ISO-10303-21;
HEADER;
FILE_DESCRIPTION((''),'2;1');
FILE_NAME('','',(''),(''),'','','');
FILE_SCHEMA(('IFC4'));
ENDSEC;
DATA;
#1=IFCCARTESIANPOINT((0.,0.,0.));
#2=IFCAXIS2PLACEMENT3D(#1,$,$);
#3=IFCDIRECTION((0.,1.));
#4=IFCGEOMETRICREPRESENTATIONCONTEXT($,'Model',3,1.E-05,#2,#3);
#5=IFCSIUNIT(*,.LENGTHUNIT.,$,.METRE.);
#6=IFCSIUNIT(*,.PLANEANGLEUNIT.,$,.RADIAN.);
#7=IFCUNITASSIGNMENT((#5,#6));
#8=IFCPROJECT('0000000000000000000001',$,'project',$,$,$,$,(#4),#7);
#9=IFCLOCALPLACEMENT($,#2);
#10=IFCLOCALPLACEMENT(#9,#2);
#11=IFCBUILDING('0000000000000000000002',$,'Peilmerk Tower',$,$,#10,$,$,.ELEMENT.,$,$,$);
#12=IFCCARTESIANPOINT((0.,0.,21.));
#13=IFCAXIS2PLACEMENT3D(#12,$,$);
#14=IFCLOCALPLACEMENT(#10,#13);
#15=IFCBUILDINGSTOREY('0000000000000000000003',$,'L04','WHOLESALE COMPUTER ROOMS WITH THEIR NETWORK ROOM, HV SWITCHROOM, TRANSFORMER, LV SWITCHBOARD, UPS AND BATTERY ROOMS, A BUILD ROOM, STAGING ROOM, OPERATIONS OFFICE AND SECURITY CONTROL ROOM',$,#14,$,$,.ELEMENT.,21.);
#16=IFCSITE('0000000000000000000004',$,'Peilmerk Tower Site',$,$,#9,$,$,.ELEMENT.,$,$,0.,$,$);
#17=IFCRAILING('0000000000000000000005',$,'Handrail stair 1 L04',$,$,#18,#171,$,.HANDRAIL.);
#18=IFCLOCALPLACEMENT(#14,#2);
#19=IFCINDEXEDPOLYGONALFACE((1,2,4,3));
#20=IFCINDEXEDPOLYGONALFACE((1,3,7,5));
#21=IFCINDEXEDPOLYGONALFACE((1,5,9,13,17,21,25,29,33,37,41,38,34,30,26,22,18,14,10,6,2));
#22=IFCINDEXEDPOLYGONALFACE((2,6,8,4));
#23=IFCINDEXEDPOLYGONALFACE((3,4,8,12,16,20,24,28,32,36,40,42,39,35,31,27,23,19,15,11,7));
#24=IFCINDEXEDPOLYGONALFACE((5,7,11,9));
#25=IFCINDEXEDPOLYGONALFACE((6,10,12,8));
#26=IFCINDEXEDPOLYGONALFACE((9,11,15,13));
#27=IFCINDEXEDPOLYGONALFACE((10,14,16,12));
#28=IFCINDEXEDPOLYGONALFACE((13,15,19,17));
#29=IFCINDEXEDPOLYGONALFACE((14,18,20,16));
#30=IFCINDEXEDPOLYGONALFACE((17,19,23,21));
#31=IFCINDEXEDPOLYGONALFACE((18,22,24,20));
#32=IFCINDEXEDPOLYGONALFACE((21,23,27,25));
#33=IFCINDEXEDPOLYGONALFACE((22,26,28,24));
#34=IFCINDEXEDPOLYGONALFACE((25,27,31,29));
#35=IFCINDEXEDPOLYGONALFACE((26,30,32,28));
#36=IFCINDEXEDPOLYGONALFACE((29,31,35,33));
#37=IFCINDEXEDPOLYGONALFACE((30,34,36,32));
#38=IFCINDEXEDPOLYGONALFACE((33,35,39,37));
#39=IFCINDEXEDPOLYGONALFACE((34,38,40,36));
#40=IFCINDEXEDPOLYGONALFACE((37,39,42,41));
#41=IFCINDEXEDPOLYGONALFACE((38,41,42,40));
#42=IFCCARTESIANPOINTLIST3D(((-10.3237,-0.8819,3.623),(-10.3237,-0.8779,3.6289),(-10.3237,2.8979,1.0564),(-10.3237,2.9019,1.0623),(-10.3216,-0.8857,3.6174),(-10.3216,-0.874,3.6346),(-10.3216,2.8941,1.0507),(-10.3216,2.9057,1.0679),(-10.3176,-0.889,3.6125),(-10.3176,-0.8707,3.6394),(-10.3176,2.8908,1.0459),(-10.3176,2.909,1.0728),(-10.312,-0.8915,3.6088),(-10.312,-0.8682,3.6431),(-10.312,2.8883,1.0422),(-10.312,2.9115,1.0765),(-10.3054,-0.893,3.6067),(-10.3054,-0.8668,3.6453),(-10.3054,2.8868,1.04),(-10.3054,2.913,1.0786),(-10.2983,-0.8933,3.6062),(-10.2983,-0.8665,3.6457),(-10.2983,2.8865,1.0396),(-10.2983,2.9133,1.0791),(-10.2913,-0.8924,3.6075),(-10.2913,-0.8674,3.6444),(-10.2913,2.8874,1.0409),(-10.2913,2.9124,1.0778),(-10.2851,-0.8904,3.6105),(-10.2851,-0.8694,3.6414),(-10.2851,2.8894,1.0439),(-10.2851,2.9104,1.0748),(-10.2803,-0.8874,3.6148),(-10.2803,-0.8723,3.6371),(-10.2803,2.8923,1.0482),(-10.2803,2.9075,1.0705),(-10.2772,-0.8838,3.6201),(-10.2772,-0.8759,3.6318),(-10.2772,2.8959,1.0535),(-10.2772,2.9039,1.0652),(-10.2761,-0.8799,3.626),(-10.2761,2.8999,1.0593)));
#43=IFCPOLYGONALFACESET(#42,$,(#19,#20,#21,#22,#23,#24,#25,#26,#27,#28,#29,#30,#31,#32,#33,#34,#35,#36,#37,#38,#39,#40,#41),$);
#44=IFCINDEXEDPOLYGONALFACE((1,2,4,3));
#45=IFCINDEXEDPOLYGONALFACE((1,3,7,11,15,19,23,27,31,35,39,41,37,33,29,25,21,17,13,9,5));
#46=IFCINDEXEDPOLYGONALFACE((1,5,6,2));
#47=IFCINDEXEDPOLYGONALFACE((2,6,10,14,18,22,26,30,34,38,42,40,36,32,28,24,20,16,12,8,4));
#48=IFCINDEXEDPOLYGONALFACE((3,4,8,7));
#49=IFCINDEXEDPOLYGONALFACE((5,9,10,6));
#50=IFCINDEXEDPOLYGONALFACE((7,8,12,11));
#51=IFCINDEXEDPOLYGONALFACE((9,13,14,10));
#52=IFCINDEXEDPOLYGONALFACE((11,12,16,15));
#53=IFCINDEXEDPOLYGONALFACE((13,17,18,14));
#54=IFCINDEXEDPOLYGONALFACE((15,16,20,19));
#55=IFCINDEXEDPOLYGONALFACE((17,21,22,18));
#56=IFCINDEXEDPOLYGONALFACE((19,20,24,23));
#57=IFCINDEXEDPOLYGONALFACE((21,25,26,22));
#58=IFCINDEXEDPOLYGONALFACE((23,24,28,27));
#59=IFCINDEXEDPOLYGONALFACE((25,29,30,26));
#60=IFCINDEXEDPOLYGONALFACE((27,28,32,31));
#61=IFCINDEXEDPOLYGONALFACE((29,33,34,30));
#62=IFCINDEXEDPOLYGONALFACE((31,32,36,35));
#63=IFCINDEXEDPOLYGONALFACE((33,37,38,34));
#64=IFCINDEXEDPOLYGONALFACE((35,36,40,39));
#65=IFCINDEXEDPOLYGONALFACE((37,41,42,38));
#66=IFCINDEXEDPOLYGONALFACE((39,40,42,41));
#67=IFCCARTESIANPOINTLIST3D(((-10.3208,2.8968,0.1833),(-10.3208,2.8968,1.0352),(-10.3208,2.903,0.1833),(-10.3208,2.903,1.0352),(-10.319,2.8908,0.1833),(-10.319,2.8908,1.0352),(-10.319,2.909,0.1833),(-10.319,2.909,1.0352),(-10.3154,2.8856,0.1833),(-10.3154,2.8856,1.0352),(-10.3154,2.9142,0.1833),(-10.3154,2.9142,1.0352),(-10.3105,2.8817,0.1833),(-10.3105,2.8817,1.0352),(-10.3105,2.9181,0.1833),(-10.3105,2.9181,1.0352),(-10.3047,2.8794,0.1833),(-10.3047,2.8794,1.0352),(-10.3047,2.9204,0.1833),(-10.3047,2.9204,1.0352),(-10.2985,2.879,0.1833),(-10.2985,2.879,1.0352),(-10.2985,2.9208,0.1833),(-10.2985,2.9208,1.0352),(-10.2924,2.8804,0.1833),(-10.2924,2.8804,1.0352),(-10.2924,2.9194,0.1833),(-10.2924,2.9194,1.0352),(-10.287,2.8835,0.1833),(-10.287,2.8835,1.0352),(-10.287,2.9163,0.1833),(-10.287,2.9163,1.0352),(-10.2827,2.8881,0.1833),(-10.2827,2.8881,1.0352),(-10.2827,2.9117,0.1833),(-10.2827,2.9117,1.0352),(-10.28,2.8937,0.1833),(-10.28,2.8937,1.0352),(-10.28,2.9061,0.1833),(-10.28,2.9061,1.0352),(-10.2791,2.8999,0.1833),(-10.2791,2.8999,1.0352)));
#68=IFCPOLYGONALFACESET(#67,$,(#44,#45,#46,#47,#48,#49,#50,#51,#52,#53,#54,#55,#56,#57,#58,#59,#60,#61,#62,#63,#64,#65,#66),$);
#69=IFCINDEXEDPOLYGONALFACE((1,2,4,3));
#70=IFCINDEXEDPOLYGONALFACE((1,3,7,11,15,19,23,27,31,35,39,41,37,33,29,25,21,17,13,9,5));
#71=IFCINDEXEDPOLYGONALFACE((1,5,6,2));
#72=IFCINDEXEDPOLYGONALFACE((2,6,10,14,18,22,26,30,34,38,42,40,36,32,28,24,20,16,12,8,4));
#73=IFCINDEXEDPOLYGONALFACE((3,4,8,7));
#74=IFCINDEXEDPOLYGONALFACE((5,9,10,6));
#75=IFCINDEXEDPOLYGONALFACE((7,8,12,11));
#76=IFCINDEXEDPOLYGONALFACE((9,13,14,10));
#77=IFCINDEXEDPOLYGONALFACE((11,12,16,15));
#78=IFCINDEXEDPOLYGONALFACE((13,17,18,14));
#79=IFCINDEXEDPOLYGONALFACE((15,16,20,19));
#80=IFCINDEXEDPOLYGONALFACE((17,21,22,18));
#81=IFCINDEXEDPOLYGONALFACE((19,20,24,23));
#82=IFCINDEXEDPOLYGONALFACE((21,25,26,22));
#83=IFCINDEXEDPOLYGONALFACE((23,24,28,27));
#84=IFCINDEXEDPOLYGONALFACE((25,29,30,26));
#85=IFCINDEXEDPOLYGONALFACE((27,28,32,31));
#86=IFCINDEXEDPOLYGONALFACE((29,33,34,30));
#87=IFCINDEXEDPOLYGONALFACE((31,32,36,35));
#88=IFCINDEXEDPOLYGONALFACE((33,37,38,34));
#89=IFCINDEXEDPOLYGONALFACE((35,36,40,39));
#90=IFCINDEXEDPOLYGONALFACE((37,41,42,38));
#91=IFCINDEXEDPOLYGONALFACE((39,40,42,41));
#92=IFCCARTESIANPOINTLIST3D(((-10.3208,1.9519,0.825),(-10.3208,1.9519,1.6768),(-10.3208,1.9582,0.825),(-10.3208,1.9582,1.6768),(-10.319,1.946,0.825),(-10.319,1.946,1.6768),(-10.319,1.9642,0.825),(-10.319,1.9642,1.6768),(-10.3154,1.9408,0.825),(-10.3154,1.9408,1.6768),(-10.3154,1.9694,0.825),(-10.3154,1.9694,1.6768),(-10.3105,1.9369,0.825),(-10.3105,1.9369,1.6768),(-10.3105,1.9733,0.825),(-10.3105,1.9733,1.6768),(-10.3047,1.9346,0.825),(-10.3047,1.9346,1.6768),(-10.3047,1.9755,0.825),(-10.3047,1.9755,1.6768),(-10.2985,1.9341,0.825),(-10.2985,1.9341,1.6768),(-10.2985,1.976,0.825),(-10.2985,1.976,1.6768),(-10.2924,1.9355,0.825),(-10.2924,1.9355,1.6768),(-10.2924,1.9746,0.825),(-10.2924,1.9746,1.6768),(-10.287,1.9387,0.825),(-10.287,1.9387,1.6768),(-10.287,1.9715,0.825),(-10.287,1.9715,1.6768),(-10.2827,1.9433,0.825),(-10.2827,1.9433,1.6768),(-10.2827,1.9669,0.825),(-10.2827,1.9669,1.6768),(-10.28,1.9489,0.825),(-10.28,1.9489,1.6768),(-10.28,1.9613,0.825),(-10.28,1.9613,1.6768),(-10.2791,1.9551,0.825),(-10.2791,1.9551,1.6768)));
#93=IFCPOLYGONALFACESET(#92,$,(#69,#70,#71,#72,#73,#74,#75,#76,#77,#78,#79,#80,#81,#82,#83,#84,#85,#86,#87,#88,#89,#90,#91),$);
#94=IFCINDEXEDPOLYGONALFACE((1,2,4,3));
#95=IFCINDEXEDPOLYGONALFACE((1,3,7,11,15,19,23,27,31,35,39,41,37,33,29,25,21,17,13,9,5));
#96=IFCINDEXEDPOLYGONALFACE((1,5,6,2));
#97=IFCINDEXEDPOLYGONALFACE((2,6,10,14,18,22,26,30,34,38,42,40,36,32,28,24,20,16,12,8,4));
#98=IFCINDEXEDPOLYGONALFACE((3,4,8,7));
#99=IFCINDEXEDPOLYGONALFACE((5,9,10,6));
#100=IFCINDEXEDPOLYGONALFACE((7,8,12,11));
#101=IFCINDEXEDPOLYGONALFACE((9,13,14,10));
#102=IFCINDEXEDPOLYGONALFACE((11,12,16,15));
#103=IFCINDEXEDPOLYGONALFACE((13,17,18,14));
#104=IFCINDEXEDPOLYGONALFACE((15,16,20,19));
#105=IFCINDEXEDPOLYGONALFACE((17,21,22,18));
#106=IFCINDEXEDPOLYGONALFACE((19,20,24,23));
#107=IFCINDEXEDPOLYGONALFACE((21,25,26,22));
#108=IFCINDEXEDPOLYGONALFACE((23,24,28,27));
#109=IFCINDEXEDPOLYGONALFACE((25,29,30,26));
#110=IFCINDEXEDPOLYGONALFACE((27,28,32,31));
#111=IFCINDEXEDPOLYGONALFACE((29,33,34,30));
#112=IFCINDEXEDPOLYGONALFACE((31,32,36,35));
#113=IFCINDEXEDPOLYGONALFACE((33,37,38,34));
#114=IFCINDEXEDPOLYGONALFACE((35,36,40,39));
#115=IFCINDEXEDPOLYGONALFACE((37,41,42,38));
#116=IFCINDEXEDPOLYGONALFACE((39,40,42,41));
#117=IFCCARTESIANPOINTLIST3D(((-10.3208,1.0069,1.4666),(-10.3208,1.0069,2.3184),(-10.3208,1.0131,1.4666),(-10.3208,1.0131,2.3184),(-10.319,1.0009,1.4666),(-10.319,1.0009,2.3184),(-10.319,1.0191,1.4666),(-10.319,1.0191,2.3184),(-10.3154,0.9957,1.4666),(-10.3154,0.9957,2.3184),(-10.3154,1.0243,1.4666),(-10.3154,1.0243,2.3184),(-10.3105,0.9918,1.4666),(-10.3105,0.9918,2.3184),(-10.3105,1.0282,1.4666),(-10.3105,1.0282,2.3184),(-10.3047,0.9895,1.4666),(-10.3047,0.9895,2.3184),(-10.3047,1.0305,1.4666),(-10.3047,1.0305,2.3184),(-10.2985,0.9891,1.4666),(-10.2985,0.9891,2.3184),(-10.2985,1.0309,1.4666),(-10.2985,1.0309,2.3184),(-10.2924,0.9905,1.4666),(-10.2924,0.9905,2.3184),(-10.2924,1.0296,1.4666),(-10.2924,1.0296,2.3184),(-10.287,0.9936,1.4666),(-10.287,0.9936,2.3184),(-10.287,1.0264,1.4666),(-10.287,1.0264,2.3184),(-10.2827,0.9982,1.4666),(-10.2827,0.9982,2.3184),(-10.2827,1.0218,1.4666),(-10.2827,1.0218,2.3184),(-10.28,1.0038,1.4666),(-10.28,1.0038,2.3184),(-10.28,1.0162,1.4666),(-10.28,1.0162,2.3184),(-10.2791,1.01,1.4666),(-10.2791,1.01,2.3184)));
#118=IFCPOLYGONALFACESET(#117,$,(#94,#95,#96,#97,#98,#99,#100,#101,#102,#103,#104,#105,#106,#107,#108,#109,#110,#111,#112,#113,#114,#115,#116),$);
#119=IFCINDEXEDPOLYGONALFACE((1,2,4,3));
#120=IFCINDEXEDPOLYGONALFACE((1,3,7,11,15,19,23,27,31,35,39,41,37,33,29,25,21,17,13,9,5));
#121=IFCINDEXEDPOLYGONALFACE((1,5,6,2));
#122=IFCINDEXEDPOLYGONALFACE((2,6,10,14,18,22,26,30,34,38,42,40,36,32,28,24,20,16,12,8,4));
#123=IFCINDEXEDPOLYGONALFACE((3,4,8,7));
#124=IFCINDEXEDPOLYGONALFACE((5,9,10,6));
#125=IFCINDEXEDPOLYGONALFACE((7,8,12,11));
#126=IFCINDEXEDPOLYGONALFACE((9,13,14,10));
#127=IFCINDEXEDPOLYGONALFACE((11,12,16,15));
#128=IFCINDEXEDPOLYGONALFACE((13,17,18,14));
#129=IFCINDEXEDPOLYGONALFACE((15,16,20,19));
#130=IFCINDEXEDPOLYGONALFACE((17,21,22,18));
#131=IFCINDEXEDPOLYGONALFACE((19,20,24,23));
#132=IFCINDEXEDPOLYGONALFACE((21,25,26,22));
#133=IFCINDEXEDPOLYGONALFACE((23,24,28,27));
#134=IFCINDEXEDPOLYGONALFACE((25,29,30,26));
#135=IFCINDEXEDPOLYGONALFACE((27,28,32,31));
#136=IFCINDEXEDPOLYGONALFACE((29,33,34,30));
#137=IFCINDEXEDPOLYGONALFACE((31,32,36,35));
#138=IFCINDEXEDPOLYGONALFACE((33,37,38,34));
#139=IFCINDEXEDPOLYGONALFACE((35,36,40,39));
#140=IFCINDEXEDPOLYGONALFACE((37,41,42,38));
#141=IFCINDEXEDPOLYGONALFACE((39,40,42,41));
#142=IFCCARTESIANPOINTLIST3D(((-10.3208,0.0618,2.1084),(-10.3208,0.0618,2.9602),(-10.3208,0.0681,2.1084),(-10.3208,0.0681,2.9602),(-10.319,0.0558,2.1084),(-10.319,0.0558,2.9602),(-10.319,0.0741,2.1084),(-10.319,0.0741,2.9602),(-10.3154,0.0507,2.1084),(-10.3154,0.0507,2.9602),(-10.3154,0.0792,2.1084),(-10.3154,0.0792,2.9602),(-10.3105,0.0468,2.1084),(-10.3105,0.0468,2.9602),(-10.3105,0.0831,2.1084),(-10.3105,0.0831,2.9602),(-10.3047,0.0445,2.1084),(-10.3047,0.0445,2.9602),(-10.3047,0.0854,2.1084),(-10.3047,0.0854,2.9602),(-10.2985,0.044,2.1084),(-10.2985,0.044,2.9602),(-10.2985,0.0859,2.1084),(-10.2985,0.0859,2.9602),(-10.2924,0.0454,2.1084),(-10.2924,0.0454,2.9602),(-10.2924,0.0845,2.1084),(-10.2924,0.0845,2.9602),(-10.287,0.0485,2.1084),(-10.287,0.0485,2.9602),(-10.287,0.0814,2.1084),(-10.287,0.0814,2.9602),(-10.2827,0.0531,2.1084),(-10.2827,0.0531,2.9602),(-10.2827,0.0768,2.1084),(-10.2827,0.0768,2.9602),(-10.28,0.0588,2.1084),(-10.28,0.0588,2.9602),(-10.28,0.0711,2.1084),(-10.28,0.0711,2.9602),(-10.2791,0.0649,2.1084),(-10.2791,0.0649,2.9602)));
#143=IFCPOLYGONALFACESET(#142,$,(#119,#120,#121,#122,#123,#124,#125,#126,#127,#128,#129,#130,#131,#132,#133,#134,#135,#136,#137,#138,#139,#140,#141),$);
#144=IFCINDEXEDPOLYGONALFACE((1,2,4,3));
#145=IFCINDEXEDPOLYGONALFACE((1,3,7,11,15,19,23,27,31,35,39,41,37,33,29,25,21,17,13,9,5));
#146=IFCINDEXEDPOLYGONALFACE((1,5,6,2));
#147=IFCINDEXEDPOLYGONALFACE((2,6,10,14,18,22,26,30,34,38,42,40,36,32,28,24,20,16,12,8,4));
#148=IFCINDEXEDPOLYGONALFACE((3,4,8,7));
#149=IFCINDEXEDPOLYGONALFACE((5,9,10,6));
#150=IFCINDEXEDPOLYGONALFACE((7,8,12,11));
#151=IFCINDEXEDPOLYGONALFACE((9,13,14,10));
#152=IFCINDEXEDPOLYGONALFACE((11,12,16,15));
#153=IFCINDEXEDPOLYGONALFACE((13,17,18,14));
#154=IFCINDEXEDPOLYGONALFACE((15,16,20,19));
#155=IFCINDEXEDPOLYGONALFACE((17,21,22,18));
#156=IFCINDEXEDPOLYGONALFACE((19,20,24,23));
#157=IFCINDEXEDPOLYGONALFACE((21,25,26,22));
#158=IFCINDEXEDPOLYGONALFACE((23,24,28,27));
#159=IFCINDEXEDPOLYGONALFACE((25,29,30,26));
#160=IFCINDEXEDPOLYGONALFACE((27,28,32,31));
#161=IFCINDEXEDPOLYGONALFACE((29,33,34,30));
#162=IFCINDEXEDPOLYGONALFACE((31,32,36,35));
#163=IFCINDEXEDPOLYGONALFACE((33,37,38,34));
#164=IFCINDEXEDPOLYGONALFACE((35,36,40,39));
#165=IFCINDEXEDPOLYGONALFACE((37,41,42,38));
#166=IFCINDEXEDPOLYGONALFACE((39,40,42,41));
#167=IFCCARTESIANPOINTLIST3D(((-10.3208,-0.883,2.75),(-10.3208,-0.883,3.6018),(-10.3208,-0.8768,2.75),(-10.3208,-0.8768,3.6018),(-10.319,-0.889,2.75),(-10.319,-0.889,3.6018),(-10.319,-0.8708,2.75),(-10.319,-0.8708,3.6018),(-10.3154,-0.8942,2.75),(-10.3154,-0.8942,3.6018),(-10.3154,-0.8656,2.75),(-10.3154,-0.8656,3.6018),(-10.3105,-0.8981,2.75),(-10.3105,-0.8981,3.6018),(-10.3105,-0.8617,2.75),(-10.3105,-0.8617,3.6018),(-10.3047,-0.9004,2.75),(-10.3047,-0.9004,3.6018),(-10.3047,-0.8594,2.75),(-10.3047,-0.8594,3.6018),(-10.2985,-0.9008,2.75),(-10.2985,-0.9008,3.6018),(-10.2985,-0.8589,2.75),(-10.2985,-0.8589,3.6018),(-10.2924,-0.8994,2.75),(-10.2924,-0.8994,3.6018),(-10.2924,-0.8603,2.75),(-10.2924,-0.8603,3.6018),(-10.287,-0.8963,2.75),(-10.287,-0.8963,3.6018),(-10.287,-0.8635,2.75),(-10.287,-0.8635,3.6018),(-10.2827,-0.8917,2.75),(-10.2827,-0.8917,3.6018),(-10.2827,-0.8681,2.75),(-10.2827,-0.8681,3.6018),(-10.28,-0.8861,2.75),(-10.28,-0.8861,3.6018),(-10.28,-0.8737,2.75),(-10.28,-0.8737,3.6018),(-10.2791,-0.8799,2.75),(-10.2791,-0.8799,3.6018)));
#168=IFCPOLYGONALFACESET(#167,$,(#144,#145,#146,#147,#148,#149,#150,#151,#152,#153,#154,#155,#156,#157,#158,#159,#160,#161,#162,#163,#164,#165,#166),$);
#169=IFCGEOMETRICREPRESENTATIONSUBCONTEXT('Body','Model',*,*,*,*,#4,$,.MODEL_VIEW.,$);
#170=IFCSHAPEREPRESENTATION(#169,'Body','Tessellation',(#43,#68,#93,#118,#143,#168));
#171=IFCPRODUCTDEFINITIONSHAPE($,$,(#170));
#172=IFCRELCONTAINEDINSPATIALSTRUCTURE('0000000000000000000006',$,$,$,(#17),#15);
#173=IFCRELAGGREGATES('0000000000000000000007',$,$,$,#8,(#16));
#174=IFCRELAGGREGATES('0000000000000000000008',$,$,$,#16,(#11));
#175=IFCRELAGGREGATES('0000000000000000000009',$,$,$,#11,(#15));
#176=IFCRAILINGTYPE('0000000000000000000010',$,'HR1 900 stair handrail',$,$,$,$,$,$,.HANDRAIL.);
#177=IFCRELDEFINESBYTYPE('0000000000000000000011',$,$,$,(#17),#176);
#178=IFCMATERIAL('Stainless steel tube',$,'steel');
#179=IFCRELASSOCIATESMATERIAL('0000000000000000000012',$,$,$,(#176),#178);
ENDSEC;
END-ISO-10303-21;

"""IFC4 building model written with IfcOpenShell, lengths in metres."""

from ifc_helpers import new_model, si_unit, direction, frame, origin, origin_2d, place, context, subcontext, project, spatial, circle, extrude, material, type_object, element, save


model = new_model("IFC4")

# Units and contexts
model_context = context("Model", 3, precision=1e-05, world=origin(), true_north=direction((0.0, 1.0)))
body_context = subcontext(model_context, "Body", "Model", "MODEL_VIEW")
ifc_project = project(units=[si_unit("LENGTHUNIT", "METRE"), si_unit("PLANEANGLEUNIT", "RADIAN")], contexts=[model_context])

# Site, building, storey
site_placement = place(None, origin())
site = spatial("IfcSite", under=ifc_project, at=site_placement, Name="Peilmerk Tower Site", CompositionType="ELEMENT", RefElevation=0.0)
building_placement = place(site_placement, origin())
building = spatial("IfcBuilding", under=site, at=building_placement, Name="Peilmerk Tower", CompositionType="ELEMENT")
storey_placement = place(building_placement, frame((0.0, 0.0, 21.0)))
storey = spatial("IfcBuildingStorey", under=building, at=storey_placement, Name="L04", Description="WHOLESALE COMPUTER ROOMS WITH THEIR NETWORK ROOM, HV SWITCHROOM, TRANSFORMER, LV SWITCHBOARD, UPS AND BATTERY ROOMS, A BUILD ROOM, STAGING ROOM, OPERATIONS OFFICE AND SECURITY CONTROL ROOM", CompositionType="ELEMENT", Elevation=21.0)

# Railing
ifc_material_1 = material(Name="Stainless steel tube", Category="steel")
railing_type_1 = type_object("IfcRailingType", Name="HR1 900 stair handrail", PredefinedType="HANDRAIL", material=ifc_material_1)
railing_1_placement = place(storey_placement, frame((-10.3, 2.8999, 0.1833)))
element("IfcRailing", 1, at=railing_1_placement, inside=storey, type_object=railing_type_1, Name="Handrail stair 1 L04", PredefinedType="HANDRAIL", context=body_context, shape_type="SweptSolid", body=[
    extrude(circle(Radius=0.0239, at=origin_2d()), frame((0.0, 0.0, 0.876), z_axis=(0.0, -0.827293, 0.561771), x_axis=(1.0, 0.0, 0.0)), (0.0, 0.0, 1.0), 4.5688),
    extrude(circle(Radius=0.021, at=origin_2d()), origin(), (0.0, 0.0, 1.0), 0.8518),
    extrude(circle(Radius=0.021, at=origin_2d()), frame((0.0, -0.9448, 0.6416)), (0.0, 0.0, 1.0), 0.8518),
    extrude(circle(Radius=0.021, at=origin_2d()), frame((0.0, -1.8899, 1.2832)), (0.0, 0.0, 1.0), 0.8518),
    extrude(circle(Radius=0.021, at=origin_2d()), frame((0.0, -2.835, 1.925)), (0.0, 0.0, 1.0), 0.8518),
    extrude(circle(Radius=0.021, at=origin_2d()), frame((0.0, -3.7798, 2.5667)), (0.0, 0.0, 1.0), 0.8518),
])

save(model, "model.ifc")
